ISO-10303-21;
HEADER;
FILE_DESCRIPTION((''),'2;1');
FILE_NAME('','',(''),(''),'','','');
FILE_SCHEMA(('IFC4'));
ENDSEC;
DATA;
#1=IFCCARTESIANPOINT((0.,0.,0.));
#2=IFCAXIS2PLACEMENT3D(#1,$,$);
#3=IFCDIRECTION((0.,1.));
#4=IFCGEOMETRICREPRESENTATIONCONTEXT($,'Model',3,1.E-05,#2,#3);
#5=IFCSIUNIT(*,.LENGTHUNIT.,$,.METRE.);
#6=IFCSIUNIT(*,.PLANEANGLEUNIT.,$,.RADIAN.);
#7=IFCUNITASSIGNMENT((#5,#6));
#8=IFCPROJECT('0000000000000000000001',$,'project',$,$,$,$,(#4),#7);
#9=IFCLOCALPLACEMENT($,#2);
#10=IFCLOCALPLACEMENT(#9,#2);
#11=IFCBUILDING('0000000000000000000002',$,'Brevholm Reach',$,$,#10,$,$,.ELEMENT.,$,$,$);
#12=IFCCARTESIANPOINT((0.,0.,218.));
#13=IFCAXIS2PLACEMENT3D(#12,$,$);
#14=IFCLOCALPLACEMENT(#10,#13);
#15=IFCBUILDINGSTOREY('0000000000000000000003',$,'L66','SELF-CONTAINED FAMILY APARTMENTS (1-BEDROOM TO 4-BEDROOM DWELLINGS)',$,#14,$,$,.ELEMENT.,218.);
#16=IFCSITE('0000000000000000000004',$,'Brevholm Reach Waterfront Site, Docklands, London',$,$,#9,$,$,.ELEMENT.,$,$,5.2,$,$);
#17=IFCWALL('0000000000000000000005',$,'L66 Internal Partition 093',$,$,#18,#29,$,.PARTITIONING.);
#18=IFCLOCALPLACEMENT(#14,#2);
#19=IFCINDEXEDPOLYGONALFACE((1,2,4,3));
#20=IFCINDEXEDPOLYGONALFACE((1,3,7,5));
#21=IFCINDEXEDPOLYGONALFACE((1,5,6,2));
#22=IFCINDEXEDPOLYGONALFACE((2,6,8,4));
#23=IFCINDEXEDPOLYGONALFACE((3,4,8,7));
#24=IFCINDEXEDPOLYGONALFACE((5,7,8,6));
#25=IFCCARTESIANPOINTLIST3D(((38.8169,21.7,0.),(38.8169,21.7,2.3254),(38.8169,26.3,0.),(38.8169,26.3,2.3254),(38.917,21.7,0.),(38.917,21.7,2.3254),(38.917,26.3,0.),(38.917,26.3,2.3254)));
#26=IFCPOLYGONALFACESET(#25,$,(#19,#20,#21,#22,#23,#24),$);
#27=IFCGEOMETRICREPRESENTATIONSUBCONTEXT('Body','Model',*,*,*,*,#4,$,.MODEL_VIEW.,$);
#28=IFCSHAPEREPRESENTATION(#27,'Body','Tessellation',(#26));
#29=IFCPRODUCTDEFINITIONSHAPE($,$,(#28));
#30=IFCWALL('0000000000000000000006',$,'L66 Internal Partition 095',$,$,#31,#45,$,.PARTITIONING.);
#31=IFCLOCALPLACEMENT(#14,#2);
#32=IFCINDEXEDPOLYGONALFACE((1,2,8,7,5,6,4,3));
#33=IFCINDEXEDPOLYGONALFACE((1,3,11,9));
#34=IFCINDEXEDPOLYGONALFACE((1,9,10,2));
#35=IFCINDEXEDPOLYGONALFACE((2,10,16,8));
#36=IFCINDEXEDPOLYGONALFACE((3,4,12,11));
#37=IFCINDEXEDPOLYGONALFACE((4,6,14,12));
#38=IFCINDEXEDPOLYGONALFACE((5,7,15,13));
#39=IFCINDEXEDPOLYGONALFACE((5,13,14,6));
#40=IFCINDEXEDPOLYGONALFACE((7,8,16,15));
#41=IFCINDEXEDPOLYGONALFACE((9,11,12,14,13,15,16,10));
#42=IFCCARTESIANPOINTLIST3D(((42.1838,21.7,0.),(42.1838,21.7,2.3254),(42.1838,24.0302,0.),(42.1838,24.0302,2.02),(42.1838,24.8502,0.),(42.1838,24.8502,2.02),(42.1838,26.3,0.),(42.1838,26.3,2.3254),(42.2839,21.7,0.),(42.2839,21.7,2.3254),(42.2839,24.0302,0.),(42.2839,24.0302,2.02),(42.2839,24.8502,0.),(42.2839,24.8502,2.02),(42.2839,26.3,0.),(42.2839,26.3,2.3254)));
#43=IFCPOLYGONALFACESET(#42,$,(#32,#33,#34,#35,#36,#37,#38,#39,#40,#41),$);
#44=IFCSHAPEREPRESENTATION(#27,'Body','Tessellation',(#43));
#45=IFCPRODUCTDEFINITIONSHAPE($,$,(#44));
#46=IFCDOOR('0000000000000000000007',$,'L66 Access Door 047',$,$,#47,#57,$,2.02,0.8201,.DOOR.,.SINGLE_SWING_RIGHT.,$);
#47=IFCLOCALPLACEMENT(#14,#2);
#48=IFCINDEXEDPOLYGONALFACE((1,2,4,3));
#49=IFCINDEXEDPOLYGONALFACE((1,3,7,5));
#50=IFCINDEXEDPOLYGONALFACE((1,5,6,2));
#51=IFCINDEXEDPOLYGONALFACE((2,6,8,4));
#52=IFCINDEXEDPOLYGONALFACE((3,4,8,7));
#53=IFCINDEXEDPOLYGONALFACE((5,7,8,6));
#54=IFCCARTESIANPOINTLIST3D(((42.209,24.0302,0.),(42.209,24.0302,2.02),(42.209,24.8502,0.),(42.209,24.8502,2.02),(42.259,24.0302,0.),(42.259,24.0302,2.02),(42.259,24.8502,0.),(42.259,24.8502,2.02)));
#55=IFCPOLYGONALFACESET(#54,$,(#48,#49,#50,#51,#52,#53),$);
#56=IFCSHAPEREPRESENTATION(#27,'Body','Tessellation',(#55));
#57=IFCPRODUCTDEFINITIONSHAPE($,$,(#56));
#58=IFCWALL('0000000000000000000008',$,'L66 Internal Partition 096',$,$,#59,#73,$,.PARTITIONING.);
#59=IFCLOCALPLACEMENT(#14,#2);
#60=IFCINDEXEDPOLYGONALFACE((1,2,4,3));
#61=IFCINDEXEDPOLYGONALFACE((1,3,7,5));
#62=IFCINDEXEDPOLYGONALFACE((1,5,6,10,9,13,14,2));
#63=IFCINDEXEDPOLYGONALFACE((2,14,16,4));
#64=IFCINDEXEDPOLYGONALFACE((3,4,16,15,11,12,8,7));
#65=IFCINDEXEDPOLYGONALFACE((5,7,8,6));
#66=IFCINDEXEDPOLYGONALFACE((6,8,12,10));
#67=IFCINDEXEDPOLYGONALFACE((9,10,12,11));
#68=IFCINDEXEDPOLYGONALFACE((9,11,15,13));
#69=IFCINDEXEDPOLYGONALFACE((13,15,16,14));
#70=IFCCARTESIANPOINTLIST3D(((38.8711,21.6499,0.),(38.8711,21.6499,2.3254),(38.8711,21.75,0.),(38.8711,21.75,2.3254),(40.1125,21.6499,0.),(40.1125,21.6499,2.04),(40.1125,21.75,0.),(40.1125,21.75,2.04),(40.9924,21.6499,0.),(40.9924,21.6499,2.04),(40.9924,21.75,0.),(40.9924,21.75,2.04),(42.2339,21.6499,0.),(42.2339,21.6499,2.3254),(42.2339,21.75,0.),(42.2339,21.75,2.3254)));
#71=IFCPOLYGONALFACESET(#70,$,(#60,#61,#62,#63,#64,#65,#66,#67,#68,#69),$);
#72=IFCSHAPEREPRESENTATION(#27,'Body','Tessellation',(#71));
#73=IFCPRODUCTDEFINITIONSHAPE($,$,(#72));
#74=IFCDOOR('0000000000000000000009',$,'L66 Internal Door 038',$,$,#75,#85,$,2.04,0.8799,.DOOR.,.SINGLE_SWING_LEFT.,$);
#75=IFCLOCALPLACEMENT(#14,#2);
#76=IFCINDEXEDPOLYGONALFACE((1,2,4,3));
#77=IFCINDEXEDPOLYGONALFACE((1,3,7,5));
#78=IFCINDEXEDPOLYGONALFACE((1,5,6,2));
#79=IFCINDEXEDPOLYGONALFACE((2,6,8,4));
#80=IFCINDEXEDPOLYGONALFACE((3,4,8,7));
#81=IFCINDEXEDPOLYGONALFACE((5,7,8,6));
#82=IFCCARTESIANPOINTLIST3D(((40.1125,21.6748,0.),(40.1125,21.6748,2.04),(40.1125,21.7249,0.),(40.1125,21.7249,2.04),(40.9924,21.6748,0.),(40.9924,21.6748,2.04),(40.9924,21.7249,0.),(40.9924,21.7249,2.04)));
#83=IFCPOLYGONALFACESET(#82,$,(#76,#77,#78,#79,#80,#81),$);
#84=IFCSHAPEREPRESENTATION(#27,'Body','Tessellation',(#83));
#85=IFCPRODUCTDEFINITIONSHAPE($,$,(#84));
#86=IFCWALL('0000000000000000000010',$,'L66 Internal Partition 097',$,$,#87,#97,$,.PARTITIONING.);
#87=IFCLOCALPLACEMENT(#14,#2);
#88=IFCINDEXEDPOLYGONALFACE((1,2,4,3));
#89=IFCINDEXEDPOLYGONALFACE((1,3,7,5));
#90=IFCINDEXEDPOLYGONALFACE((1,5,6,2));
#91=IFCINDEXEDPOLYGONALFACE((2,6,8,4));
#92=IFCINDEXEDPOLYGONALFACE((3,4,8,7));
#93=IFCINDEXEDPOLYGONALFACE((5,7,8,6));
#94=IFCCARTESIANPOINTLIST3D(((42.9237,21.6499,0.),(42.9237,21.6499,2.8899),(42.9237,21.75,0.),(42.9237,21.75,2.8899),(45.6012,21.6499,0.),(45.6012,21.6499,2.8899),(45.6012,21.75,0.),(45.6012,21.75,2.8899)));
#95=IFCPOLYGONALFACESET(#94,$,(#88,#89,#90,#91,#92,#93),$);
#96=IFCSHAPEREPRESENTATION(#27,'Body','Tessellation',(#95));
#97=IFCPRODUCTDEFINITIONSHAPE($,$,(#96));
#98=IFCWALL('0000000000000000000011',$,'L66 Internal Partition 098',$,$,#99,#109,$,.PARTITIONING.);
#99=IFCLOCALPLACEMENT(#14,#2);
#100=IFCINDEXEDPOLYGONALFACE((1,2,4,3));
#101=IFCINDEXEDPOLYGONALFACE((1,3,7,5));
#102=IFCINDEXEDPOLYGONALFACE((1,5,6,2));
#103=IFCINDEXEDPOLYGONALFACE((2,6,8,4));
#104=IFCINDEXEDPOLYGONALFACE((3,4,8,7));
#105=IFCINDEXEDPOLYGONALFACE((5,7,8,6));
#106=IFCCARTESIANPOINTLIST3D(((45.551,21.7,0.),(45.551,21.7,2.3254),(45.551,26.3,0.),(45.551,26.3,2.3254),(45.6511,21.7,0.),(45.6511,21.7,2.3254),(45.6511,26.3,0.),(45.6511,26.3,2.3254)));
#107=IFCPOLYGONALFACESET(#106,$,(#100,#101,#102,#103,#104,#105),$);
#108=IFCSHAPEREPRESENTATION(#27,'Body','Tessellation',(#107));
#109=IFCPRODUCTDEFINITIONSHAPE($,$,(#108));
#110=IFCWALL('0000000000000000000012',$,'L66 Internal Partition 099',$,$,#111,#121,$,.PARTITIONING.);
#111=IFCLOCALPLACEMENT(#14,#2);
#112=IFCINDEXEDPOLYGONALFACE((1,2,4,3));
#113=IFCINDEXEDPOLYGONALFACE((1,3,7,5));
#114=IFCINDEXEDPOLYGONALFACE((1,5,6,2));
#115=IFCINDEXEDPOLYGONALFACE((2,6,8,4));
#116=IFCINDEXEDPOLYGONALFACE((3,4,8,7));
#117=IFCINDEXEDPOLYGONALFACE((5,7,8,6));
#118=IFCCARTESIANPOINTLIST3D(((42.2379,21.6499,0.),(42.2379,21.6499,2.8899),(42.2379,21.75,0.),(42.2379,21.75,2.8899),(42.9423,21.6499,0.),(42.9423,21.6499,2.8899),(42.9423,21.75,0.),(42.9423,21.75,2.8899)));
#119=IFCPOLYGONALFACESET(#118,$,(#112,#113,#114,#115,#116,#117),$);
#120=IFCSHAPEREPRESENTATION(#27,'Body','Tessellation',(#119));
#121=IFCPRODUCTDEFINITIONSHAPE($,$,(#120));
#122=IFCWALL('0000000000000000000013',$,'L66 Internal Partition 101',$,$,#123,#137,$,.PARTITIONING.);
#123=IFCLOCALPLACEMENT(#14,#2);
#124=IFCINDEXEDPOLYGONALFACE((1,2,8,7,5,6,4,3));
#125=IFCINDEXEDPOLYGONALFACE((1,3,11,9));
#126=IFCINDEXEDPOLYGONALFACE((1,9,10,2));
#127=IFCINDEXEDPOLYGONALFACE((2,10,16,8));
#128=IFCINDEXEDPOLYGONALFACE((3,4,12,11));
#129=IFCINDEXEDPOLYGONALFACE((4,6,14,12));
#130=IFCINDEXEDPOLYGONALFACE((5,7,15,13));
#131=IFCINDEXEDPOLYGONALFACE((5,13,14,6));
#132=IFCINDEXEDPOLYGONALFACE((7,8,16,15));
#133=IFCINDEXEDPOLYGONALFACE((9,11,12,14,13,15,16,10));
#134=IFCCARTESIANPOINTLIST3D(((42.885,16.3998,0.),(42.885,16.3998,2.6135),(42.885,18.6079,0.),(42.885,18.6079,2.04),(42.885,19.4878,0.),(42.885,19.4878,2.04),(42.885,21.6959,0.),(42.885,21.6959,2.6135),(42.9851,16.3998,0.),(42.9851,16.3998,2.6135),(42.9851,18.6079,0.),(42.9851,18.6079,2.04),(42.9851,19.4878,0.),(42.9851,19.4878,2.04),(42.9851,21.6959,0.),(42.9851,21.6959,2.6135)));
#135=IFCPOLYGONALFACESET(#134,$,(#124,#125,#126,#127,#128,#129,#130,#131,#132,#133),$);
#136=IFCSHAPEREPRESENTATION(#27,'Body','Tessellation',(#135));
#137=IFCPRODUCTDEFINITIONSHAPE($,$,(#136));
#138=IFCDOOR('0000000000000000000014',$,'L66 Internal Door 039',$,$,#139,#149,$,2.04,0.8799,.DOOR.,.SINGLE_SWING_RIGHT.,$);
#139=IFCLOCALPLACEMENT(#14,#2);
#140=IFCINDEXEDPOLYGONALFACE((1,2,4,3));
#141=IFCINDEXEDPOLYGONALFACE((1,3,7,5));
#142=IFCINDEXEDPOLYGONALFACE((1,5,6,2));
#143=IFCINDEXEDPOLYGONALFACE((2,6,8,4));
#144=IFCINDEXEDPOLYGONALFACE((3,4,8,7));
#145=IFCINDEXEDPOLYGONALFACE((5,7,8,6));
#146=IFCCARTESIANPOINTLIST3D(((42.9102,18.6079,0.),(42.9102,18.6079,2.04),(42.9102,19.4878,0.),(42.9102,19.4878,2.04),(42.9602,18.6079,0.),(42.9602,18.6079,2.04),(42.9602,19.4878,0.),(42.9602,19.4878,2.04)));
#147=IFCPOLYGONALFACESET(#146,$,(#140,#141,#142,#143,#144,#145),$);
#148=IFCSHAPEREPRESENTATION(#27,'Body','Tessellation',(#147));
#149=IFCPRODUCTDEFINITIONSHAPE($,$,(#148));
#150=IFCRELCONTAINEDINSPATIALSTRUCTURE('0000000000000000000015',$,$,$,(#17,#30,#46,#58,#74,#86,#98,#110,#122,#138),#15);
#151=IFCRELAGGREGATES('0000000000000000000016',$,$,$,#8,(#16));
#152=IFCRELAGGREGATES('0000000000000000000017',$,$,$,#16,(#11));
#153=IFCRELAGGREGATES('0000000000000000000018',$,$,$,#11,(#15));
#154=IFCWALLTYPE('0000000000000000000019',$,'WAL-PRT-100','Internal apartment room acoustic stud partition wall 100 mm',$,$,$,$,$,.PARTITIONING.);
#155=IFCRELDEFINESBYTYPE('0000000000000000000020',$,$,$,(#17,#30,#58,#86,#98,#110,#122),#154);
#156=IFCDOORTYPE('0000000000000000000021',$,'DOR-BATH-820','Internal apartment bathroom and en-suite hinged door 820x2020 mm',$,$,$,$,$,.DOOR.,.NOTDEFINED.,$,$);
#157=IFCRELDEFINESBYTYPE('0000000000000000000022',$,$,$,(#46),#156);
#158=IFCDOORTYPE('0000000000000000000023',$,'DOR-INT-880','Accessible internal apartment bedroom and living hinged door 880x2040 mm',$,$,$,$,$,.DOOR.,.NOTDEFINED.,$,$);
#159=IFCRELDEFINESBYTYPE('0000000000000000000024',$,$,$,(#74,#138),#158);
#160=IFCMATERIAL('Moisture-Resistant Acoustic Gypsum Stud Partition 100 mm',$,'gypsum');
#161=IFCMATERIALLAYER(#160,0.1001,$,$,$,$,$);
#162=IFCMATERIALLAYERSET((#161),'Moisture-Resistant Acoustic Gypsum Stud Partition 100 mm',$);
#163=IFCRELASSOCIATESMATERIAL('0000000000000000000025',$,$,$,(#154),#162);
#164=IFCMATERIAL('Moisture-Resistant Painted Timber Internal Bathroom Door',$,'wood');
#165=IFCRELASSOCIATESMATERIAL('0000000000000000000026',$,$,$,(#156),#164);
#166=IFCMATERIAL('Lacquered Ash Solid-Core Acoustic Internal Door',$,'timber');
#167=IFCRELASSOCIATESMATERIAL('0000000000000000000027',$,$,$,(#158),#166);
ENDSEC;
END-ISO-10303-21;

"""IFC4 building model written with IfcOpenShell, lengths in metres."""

from ifc_helpers import new_model, si_unit, direction, frame, frame_2d, origin, place, context, subcontext, project, spatial, rectangle, extrude, material, layer, layer_set, type_object, element, fill, save


model = new_model("IFC4")

# Units and contexts
model_context = context("Model", 3, precision=1e-05, world=origin(), true_north=direction((0.0, 1.0)))
body_context = subcontext(model_context, "Body", "Model", "MODEL_VIEW")
ifc_project = project(units=[si_unit("LENGTHUNIT", "METRE"), si_unit("PLANEANGLEUNIT", "RADIAN")], contexts=[model_context])

# Site, building, storey
site_placement = place(None, origin())
site = spatial("IfcSite", under=ifc_project, at=site_placement, Name="Brevholm Reach Waterfront Site, Docklands, London", CompositionType="ELEMENT", RefElevation=5.2)
building_placement = place(site_placement, origin())
building = spatial("IfcBuilding", under=site, at=building_placement, Name="Brevholm Reach", CompositionType="ELEMENT")
storey_placement = place(building_placement, frame((0.0, 0.0, 218.0)))
storey = spatial("IfcBuildingStorey", under=building, at=storey_placement, Name="L66", Description="SELF-CONTAINED FAMILY APARTMENTS (1-BEDROOM TO 4-BEDROOM DWELLINGS)", CompositionType="ELEMENT", Elevation=218.0)

# Wall
ifc_material_1 = material(Name="Moisture-Resistant Acoustic Gypsum Stud Partition 100 mm", Category="gypsum")
ifc_layer = layer(ifc_material_1, 0.1001)
ifc_layer_set = layer_set([ifc_layer], Name="Moisture-Resistant Acoustic Gypsum Stud Partition 100 mm")
wall_type = type_object("IfcWallType", Name="WAL-PRT-100", Description="Internal apartment room acoustic stud partition wall 100 mm", PredefinedType="PARTITIONING", material=ifc_layer_set)
wall_1_placement = place(storey_placement, frame((38.8669, 21.7, 0.0), z_axis=(0.0, 0.0, 1.0), x_axis=(0.0, 1.0, 0.0)))
element("IfcWall", 1, at=wall_1_placement, inside=storey, type_object=wall_type, Name="L66 Internal Partition 093", PredefinedType="PARTITIONING", context=body_context, shape_type="SweptSolid", body=[
    extrude(rectangle(XDim=4.6001, YDim=0.1001, at=frame_2d((2.3, 0.0))), origin(), (0.0, 0.0, 1.0), 2.3254),
])

# Walls, openings, doors
wall_2_placement = place(storey_placement, frame((42.2339, 21.7, 0.0), z_axis=(0.0, 0.0, 1.0), x_axis=(0.0, 1.0, 0.0)))
wall_2 = element("IfcWall", 2, at=wall_2_placement, inside=storey, type_object=wall_type, Name="L66 Internal Partition 095", PredefinedType="PARTITIONING", context=body_context, shape_type="SweptSolid", body=[
    extrude(rectangle(XDim=4.6001, YDim=0.1001, at=frame_2d((2.3, 0.0))), origin(), (0.0, 0.0, 1.0), 2.3254),
])
opening_1_placement = place(wall_2_placement, frame((2.3301, 0.0, 0.0)))
opening_1 = element("IfcOpeningElement", 3, at=opening_1_placement, cuts=wall_2, PredefinedType="OPENING", context=body_context, shape_type="SweptSolid", body=[
    extrude(rectangle(XDim=0.8201, YDim=2.02, at=frame_2d((0.4102, 1.01))), frame((0.0, 0.0601, 0.0), z_axis=(0.0, -1.0, 0.0), x_axis=(1.0, 0.0, 0.0)), (0.0, 0.0, 1.0), 0.1201),
])
ifc_material_2 = material(Name="Moisture-Resistant Painted Timber Internal Bathroom Door", Category="wood")
door_type_1 = type_object("IfcDoorType", Name="DOR-BATH-820", Description="Internal apartment bathroom and en-suite hinged door 820x2020 mm", OperationType="NOTDEFINED", PredefinedType="DOOR", material=ifc_material_2)
door_1_placement = place(opening_1_placement, origin())
door_1 = element("IfcDoor", 4, at=door_1_placement, inside=storey, type_object=door_type_1, Name="L66 Access Door 047", OperationType="SINGLE_SWING_RIGHT", OverallHeight=2.02, OverallWidth=0.8201, PredefinedType="DOOR", context=body_context, shape_type="SweptSolid", body=[
    extrude(rectangle(XDim=0.8201, YDim=2.02, at=frame_2d((0.4102, 1.01))), frame((0.0, 0.0249, 0.0), z_axis=(0.0, -1.0, 0.0), x_axis=(1.0, 0.0, 0.0)), (0.0, 0.0, 1.0), 0.05),
])
fill(opening_1, door_1)
wall_3_placement = place(storey_placement, frame((38.8711, 21.7, 0.0), z_axis=(0.0, 0.0, 1.0), x_axis=(1.0, 0.0, 0.0)))
wall_3 = element("IfcWall", 5, at=wall_3_placement, inside=storey, type_object=wall_type, Name="L66 Internal Partition 096", PredefinedType="PARTITIONING", context=body_context, shape_type="SweptSolid", body=[
    extrude(rectangle(XDim=3.3628, YDim=0.1001, at=frame_2d((1.6814, 0.0))), origin(), (0.0, 0.0, 1.0), 2.3254),
])
opening_2_placement = place(wall_3_placement, frame((1.2415, 0.0, 0.0)))
opening_2 = element("IfcOpeningElement", 6, at=opening_2_placement, cuts=wall_3, PredefinedType="OPENING", context=body_context, shape_type="SweptSolid", body=[
    extrude(rectangle(XDim=0.8799, YDim=2.04, at=frame_2d((0.4399, 1.02))), frame((0.0, 0.0601, 0.0), z_axis=(0.0, -1.0, 0.0), x_axis=(1.0, 0.0, 0.0)), (0.0, 0.0, 1.0), 0.1201),
])
ifc_material_3 = material(Name="Lacquered Ash Solid-Core Acoustic Internal Door", Category="timber")
door_type_2 = type_object("IfcDoorType", Name="DOR-INT-880", Description="Accessible internal apartment bedroom and living hinged door 880x2040 mm", OperationType="NOTDEFINED", PredefinedType="DOOR", material=ifc_material_3)
door_2_placement = place(opening_2_placement, origin())
door_2 = element("IfcDoor", 7, at=door_2_placement, inside=storey, type_object=door_type_2, Name="L66 Internal Door 038", OperationType="SINGLE_SWING_LEFT", OverallHeight=2.04, OverallWidth=0.8799, PredefinedType="DOOR", context=body_context, shape_type="SweptSolid", body=[
    extrude(rectangle(XDim=0.8799, YDim=2.04, at=frame_2d((0.4399, 1.02))), frame((0.0, 0.0249, 0.0), z_axis=(0.0, -1.0, 0.0), x_axis=(1.0, 0.0, 0.0)), (0.0, 0.0, 1.0), 0.05),
])
fill(opening_2, door_2)

# Walls
wall_4_placement = place(storey_placement, frame((42.9236, 21.7, 0.0), z_axis=(0.0, 0.0, 1.0), x_axis=(1.0, 0.0, 0.0)))
element("IfcWall", 8, at=wall_4_placement, inside=storey, type_object=wall_type, Name="L66 Internal Partition 097", PredefinedType="PARTITIONING", context=body_context, shape_type="SweptSolid", body=[
    extrude(rectangle(XDim=2.6775, YDim=0.1001, at=frame_2d((1.3389, 0.0))), origin(), (0.0, 0.0, 1.0), 2.8899),
])
wall_5_placement = place(storey_placement, frame((45.6011, 21.7, 0.0), z_axis=(0.0, 0.0, 1.0), x_axis=(0.0, 1.0, 0.0)))
element("IfcWall", 9, at=wall_5_placement, inside=storey, type_object=wall_type, Name="L66 Internal Partition 098", PredefinedType="PARTITIONING", context=body_context, shape_type="SweptSolid", body=[
    extrude(rectangle(XDim=4.6001, YDim=0.1001, at=frame_2d((2.3, 0.0))), origin(), (0.0, 0.0, 1.0), 2.3254),
])
wall_6_placement = place(storey_placement, frame((42.238, 21.7, 0.0), z_axis=(0.0, 0.0, 1.0), x_axis=(1.0, 0.0, 0.0)))
element("IfcWall", 10, at=wall_6_placement, inside=storey, type_object=wall_type, Name="L66 Internal Partition 099", PredefinedType="PARTITIONING", context=body_context, shape_type="SweptSolid", body=[
    extrude(rectangle(XDim=0.7043, YDim=0.1001, at=frame_2d((0.3521, 0.0))), origin(), (0.0, 0.0, 1.0), 2.8899),
])

# Wall, opening, door
wall_7_placement = place(storey_placement, frame((42.9351, 16.3999, 0.0), z_axis=(0.0, 0.0, 1.0), x_axis=(0.0, 1.0, 0.0)))
wall_7 = element("IfcWall", 11, at=wall_7_placement, inside=storey, type_object=wall_type, Name="L66 Internal Partition 101", PredefinedType="PARTITIONING", context=body_context, shape_type="SweptSolid", body=[
    extrude(rectangle(XDim=5.2961, YDim=0.1001, at=frame_2d((2.6479, 0.0))), origin(), (0.0, 0.0, 1.0), 2.6135),
])
opening_3_placement = place(wall_7_placement, frame((2.208, 0.0, 0.0)))
opening_3 = element("IfcOpeningElement", 12, at=opening_3_placement, cuts=wall_7, PredefinedType="OPENING", context=body_context, shape_type="SweptSolid", body=[
    extrude(rectangle(XDim=0.8799, YDim=2.04, at=frame_2d((0.4399, 1.02))), frame((0.0, 0.0601, 0.0), z_axis=(0.0, -1.0, 0.0), x_axis=(1.0, 0.0, 0.0)), (0.0, 0.0, 1.0), 0.1201),
])
door_3_placement = place(opening_3_placement, origin())
door_3 = element("IfcDoor", 13, at=door_3_placement, inside=storey, type_object=door_type_2, Name="L66 Internal Door 039", OperationType="SINGLE_SWING_RIGHT", OverallHeight=2.04, OverallWidth=0.8799, PredefinedType="DOOR", context=body_context, shape_type="SweptSolid", body=[
    extrude(rectangle(XDim=0.8799, YDim=2.04, at=frame_2d((0.4399, 1.02))), frame((0.0, 0.0249, 0.0), z_axis=(0.0, -1.0, 0.0), x_axis=(1.0, 0.0, 0.0)), (0.0, 0.0, 1.0), 0.05),
])
fill(opening_3, door_3)

save(model, "model.ifc")
